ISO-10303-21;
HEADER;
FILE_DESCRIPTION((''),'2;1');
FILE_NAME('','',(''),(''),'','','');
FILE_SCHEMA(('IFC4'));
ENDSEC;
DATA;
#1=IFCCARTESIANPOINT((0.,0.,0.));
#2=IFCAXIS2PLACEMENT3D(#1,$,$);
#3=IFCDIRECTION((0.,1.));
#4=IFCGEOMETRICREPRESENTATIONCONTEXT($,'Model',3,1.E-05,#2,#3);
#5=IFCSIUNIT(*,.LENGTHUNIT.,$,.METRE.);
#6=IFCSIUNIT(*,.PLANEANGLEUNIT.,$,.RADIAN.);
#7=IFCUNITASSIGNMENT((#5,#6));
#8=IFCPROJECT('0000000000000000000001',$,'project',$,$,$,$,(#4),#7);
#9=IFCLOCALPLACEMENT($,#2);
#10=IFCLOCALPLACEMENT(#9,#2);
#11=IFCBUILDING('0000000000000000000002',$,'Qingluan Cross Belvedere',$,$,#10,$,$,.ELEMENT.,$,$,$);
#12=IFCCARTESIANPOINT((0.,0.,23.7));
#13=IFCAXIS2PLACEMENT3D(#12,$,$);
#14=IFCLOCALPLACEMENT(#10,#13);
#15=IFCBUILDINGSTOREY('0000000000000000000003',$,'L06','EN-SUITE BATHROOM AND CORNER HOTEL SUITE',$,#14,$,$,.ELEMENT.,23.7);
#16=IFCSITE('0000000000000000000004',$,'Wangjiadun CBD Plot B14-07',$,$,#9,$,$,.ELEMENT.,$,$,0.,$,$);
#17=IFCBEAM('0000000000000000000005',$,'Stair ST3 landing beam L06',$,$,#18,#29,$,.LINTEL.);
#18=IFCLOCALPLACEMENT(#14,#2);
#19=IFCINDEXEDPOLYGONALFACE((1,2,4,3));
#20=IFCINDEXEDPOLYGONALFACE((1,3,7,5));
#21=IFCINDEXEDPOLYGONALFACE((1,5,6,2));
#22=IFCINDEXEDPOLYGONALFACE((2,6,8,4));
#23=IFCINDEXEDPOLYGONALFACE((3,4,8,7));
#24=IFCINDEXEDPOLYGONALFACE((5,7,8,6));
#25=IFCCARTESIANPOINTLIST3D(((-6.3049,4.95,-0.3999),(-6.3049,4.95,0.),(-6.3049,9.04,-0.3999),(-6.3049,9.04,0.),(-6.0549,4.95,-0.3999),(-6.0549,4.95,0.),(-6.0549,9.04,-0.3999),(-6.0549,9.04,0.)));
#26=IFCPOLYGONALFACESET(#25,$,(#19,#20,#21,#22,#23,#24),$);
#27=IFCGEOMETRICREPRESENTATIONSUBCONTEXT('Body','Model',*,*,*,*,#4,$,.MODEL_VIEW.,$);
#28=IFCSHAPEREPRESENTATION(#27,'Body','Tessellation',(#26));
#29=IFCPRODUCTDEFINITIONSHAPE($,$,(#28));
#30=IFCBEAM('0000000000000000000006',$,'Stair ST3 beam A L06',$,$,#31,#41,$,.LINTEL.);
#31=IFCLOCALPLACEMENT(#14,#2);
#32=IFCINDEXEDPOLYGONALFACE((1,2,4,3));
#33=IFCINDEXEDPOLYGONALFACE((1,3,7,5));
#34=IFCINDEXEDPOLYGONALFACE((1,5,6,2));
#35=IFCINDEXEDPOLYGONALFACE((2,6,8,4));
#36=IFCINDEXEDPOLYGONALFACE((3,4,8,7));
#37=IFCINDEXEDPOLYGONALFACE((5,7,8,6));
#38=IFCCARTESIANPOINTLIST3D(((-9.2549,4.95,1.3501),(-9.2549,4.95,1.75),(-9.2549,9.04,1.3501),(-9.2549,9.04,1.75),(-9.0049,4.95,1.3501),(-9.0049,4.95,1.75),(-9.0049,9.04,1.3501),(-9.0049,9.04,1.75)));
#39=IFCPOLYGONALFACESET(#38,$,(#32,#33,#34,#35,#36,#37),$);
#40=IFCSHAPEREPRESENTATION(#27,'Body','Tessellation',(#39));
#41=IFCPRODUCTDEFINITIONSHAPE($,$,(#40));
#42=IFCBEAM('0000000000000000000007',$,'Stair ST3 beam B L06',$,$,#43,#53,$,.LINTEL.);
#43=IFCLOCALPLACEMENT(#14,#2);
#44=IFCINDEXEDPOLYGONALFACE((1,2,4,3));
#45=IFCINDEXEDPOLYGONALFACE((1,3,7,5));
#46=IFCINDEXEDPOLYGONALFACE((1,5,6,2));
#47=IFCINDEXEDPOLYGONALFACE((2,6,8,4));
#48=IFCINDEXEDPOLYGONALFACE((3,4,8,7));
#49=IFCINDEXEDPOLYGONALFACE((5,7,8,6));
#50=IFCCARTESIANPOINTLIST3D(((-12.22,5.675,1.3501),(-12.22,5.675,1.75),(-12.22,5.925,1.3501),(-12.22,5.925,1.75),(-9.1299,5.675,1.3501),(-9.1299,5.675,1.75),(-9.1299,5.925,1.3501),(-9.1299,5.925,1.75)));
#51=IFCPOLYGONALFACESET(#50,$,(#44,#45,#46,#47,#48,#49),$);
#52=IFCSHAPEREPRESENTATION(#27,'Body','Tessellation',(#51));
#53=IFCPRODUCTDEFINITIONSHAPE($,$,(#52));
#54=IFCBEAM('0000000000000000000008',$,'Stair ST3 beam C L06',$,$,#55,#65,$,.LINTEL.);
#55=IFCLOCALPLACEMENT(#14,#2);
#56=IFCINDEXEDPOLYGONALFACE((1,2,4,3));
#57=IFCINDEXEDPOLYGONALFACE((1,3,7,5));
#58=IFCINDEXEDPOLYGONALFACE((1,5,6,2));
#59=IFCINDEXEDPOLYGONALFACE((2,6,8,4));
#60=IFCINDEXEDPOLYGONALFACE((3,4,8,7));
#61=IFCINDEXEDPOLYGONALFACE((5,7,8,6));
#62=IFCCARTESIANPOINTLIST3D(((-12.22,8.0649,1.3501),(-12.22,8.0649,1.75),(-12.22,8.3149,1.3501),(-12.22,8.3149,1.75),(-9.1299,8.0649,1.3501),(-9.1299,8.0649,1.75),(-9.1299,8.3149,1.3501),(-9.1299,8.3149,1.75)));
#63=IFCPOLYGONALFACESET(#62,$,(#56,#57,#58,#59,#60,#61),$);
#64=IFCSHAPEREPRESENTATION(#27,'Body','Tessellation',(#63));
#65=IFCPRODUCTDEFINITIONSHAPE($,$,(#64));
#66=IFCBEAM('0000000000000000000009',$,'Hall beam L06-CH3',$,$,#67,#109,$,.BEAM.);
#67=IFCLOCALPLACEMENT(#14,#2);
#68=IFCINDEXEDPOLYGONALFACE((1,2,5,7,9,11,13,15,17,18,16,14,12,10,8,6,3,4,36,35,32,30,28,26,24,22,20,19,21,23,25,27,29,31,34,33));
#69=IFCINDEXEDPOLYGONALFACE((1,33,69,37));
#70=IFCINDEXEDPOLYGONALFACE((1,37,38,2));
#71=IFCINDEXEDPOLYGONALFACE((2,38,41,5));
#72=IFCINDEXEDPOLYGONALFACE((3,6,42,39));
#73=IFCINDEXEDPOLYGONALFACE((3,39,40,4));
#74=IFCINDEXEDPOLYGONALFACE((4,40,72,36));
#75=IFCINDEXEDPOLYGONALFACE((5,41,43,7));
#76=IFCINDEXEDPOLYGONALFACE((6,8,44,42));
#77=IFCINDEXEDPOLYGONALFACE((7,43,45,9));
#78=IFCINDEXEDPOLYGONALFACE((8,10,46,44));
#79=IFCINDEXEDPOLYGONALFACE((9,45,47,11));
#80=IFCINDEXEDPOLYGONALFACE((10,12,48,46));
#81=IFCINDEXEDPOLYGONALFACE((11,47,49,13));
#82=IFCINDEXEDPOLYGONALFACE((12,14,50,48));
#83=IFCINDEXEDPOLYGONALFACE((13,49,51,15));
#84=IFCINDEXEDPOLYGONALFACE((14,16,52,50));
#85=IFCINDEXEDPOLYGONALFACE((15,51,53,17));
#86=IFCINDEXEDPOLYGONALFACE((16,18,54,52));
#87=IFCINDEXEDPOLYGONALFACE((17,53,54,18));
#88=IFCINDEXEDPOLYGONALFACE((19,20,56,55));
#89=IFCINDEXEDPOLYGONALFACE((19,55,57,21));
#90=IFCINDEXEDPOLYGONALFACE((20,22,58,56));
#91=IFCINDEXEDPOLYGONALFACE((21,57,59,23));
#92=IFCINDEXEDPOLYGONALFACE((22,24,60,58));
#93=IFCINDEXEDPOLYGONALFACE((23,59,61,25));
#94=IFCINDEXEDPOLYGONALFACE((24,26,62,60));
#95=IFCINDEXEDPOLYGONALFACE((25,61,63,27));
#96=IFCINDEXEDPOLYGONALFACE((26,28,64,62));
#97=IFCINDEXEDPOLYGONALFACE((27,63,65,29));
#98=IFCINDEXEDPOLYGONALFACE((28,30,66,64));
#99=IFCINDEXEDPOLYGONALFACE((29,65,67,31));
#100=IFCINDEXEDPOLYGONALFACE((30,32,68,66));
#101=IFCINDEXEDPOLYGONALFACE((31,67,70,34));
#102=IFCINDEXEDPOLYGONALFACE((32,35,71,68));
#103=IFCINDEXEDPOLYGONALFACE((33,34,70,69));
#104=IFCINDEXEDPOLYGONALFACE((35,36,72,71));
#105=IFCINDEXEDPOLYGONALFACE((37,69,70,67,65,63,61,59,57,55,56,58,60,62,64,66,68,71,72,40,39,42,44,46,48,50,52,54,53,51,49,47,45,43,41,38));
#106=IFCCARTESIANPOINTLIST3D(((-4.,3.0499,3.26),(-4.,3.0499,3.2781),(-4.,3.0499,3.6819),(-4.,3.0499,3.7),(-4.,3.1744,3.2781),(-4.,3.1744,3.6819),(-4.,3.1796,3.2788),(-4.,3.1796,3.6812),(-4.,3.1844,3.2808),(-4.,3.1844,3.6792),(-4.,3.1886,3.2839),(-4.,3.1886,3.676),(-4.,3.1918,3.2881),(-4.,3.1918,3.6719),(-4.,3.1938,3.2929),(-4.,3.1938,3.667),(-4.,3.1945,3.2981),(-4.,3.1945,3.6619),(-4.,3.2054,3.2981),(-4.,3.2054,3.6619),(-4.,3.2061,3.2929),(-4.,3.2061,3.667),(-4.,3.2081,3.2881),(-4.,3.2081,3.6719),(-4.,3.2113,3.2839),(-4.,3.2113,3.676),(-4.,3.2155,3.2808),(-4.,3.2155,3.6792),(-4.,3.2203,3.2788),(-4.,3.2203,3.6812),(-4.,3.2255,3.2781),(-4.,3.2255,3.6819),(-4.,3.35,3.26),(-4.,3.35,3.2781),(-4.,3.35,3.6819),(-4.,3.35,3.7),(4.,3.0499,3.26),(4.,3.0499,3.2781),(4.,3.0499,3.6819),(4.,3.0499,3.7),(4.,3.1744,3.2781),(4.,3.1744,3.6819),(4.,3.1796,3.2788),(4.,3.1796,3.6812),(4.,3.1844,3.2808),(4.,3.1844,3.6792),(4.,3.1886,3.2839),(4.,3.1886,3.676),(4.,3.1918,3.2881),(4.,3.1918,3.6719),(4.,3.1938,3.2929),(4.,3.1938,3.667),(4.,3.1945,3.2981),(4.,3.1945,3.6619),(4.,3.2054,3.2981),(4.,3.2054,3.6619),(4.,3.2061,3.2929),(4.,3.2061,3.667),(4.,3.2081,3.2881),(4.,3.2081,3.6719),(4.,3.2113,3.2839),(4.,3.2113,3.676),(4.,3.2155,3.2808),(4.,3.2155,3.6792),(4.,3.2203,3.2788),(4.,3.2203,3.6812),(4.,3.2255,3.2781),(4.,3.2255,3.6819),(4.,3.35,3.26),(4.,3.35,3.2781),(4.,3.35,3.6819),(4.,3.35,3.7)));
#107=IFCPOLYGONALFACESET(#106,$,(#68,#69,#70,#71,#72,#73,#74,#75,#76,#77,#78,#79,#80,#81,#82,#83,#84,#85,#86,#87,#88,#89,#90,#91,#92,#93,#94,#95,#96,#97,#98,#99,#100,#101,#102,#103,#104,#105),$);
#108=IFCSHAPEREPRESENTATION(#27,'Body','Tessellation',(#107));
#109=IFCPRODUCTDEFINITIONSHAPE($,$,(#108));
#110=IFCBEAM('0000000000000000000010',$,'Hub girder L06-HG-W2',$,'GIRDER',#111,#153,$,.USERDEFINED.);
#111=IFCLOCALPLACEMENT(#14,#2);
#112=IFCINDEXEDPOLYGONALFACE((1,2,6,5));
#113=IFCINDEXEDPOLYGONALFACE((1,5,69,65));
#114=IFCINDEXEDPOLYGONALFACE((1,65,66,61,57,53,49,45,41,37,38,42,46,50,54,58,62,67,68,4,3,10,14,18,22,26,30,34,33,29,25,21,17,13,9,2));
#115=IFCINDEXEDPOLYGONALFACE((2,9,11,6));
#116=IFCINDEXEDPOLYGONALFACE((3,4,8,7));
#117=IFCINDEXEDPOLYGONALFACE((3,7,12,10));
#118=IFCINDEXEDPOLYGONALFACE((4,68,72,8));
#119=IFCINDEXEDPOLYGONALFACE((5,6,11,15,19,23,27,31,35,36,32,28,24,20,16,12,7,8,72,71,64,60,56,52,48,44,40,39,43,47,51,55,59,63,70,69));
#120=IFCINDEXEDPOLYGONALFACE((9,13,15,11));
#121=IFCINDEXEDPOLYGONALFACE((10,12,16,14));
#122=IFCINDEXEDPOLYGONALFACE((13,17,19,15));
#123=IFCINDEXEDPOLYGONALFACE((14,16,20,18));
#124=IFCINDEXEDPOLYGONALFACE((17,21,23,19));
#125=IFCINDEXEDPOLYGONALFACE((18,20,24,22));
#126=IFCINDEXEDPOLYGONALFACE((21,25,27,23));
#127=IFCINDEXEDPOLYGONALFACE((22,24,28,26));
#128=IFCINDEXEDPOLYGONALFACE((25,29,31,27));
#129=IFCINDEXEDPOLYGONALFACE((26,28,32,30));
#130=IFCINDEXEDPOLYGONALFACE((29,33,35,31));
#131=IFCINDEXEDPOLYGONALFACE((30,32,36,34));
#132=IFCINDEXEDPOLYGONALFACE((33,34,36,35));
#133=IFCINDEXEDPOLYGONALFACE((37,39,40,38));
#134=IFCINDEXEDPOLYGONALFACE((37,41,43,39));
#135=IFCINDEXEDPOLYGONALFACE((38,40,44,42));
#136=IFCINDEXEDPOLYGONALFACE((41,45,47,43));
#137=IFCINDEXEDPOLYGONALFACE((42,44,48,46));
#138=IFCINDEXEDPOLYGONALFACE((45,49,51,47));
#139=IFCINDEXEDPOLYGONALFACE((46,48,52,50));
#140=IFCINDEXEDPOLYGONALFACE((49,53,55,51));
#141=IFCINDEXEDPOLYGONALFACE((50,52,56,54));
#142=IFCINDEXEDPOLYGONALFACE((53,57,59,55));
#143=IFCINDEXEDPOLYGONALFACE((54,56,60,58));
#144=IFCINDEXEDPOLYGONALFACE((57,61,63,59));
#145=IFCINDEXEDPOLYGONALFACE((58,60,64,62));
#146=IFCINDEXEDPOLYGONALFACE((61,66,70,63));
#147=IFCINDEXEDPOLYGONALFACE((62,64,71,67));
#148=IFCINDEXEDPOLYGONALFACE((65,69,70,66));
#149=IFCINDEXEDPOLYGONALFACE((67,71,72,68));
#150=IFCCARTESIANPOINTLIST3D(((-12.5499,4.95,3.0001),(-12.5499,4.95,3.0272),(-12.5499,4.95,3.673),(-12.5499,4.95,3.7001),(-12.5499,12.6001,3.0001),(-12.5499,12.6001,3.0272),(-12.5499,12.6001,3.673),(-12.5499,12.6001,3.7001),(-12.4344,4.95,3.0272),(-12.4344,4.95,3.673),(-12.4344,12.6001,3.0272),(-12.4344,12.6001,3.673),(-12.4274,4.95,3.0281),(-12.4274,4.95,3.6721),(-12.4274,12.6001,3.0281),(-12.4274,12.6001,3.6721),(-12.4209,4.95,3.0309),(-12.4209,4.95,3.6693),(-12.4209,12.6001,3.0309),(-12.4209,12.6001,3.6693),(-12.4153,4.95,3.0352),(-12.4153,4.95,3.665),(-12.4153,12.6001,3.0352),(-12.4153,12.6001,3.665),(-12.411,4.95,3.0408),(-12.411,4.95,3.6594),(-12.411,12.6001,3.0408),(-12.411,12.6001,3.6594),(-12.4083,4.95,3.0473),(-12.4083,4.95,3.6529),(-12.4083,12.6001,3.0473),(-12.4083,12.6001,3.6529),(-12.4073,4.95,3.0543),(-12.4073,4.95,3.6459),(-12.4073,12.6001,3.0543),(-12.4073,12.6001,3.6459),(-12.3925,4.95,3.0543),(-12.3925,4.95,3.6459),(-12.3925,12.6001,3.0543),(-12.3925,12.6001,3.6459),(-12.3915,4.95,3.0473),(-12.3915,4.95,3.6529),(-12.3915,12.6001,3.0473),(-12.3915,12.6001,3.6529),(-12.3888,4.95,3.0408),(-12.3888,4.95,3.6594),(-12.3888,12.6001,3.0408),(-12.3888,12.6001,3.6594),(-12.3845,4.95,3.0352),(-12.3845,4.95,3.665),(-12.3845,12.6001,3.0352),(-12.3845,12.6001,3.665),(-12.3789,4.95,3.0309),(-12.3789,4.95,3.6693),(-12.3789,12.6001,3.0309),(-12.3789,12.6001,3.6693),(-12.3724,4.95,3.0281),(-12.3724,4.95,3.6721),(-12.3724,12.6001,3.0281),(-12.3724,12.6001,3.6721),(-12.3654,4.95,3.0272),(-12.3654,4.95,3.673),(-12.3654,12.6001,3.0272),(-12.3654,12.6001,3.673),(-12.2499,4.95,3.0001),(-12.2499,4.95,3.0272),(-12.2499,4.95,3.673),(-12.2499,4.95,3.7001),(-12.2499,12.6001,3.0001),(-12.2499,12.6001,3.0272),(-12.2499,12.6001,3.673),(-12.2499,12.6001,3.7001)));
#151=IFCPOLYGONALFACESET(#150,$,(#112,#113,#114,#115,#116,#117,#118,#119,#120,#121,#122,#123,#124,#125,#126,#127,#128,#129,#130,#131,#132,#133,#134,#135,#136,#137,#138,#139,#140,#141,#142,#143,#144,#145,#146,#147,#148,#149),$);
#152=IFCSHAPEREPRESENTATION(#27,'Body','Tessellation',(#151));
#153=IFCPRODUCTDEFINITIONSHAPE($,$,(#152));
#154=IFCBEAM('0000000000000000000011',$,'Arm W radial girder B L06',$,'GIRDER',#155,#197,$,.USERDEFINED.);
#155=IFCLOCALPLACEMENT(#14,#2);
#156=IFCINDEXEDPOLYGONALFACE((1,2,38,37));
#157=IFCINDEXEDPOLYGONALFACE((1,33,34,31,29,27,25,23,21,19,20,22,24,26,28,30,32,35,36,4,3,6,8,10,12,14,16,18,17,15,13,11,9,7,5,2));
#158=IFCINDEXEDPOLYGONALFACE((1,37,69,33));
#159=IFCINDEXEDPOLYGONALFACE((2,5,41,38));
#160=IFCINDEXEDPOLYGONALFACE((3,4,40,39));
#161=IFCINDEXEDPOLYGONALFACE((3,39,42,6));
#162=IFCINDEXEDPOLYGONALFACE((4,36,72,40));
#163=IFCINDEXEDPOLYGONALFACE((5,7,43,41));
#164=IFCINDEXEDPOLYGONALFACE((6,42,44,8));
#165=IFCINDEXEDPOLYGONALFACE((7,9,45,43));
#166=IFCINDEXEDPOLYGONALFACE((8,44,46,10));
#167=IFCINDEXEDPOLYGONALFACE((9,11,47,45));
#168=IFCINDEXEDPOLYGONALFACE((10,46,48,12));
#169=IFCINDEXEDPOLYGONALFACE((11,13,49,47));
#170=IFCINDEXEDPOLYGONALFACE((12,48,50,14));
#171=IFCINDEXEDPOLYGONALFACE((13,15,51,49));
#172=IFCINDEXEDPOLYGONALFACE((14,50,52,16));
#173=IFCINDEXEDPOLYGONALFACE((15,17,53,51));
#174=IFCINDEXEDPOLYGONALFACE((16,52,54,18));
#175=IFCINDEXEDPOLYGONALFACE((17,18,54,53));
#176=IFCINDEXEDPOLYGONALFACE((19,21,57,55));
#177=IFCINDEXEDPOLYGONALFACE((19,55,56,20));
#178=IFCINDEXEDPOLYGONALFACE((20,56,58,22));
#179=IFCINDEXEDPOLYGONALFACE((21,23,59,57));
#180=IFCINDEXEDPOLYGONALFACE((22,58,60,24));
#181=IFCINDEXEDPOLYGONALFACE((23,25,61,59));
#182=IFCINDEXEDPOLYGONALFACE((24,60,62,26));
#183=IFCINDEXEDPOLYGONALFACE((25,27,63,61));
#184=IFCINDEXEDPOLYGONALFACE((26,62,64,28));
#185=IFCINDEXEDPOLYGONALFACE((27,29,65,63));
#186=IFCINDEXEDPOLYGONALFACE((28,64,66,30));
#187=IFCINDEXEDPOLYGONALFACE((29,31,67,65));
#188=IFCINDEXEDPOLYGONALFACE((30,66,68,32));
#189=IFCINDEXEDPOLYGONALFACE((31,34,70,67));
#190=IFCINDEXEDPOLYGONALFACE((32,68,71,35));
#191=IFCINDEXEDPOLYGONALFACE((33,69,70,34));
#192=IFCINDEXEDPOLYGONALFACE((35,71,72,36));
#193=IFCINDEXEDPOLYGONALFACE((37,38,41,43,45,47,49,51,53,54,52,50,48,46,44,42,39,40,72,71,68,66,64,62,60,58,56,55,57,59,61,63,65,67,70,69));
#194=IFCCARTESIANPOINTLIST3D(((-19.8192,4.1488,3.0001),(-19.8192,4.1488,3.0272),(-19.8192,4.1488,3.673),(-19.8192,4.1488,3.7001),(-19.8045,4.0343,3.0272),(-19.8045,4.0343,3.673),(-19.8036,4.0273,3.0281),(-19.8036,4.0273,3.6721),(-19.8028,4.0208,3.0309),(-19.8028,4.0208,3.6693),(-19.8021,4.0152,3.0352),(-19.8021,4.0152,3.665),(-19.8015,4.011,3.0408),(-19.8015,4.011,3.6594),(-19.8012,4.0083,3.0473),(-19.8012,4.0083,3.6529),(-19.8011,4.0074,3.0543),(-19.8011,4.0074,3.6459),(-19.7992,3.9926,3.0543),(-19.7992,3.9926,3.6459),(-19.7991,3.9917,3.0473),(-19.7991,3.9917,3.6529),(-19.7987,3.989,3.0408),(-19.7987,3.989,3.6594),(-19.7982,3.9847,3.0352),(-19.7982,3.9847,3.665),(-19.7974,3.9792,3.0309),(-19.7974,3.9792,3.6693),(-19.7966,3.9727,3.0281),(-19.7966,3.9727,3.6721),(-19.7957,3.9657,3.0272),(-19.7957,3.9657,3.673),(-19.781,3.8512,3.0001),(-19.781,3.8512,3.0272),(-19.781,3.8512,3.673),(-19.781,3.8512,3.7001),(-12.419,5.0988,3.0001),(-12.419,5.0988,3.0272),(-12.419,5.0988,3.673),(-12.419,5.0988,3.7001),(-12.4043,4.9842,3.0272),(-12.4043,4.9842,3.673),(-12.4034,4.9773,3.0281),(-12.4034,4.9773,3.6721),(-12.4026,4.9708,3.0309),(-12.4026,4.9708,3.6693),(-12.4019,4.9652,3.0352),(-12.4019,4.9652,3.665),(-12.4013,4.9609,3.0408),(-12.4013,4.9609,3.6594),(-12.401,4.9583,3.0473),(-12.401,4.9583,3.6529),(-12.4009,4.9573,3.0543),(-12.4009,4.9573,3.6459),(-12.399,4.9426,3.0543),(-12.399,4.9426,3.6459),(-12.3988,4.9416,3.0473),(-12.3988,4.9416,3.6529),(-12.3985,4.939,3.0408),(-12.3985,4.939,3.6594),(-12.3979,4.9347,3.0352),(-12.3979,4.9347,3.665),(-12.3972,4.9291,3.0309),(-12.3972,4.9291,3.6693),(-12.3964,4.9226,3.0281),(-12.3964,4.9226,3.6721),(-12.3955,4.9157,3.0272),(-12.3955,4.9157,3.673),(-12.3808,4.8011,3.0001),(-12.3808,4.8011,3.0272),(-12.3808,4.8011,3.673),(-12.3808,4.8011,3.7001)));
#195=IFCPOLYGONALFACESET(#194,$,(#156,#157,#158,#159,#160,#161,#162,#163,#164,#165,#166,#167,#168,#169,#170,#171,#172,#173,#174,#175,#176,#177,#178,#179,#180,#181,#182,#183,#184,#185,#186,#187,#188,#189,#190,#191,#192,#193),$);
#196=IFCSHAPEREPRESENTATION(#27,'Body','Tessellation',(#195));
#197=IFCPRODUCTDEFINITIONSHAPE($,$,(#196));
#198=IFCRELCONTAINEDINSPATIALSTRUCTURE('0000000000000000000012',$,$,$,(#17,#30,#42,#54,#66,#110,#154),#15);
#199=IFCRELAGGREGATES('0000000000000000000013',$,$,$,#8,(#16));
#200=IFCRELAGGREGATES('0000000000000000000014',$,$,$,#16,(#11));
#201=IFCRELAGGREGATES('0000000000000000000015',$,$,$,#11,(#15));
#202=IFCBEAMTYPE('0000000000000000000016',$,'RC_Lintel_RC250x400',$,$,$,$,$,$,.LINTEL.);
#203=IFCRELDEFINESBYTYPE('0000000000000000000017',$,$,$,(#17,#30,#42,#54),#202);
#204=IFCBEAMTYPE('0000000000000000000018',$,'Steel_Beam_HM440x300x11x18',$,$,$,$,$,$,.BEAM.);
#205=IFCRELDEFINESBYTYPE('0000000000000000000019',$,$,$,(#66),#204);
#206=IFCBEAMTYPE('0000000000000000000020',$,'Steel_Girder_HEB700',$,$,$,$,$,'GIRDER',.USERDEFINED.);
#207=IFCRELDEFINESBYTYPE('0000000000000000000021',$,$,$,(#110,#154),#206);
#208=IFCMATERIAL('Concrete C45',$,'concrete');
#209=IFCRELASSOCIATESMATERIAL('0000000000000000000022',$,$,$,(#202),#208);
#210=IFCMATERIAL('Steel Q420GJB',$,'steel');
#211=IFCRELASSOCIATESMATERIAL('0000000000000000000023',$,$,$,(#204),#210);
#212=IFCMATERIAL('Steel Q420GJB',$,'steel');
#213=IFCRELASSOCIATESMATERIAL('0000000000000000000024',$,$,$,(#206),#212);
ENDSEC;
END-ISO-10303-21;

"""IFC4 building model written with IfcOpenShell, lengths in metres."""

from ifc_helpers import new_model, si_unit, direction, frame, origin, origin_2d, place, context, subcontext, project, spatial, rectangle, i_section, extrude, material, material_profile, profile_set, type_object, element, save


model = new_model("IFC4")

# Units and contexts
model_context = context("Model", 3, precision=1e-05, world=origin(), true_north=direction((0.0, 1.0)))
body_context = subcontext(model_context, "Body", "Model", "MODEL_VIEW")
ifc_project = project(units=[si_unit("LENGTHUNIT", "METRE"), si_unit("PLANEANGLEUNIT", "RADIAN")], contexts=[model_context])

# Site, building, storey
site_placement = place(None, origin())
site = spatial("IfcSite", under=ifc_project, at=site_placement, Name="Wangjiadun CBD Plot B14-07", CompositionType="ELEMENT", RefElevation=0.0)
building_placement = place(site_placement, origin())
building = spatial("IfcBuilding", under=site, at=building_placement, Name="Qingluan Cross Belvedere", CompositionType="ELEMENT")
storey_placement = place(building_placement, frame((0.0, 0.0, 23.7)))
storey = spatial("IfcBuildingStorey", under=building, at=storey_placement, Name="L06", Description="EN-SUITE BATHROOM AND CORNER HOTEL SUITE", CompositionType="ELEMENT", Elevation=23.7)

# Beams
ifc_material_1 = material(Name="Concrete C45", Category="concrete")
ifc_material_profile_1 = material_profile(ifc_material_1, rectangle(XDim=0.25, YDim=0.3999, at=origin_2d()), Name="RC250x400")
ifc_profile_set_1 = profile_set([ifc_material_profile_1], Name="Concrete C45")
beam_type_1 = type_object("IfcBeamType", Name="RC_Lintel_RC250x400", PredefinedType="LINTEL", material=ifc_profile_set_1)
for number, where, z_axis, x_axis, name in (
    (1, (-6.1799, 4.95, -0.2), (0.0, 1.0, 0.0), (-1.0, 0.0, 0.0), "Stair ST3 landing beam L06"),
    (2, (-9.1299, 4.95, 1.55), (0.0, 1.0, 0.0), (-1.0, 0.0, 0.0), "Stair ST3 beam A L06"),
):
    element("IfcBeam", number, at=place(storey_placement, frame(where, z_axis=z_axis, x_axis=x_axis)), inside=storey, type_object=beam_type_1, Name=name, PredefinedType="LINTEL", context=body_context, shape_type="SweptSolid", body=[
        extrude(rectangle(XDim=0.25, YDim=0.3999, at=origin_2d()), origin(), (0.0, 0.0, 1.0), 4.0901),
    ])
for number, where, z_axis, x_axis, name in (
    (3, (-12.22, 5.8, 1.55), (1.0, 0.0, 0.0), (0.0, 1.0, 0.0), "Stair ST3 beam B L06"),
    (4, (-12.22, 8.1899, 1.55), (1.0, 0.0, 0.0), (0.0, 1.0, 0.0), "Stair ST3 beam C L06"),
):
    element("IfcBeam", number, at=place(storey_placement, frame(where, z_axis=z_axis, x_axis=x_axis)), inside=storey, type_object=beam_type_1, Name=name, PredefinedType="LINTEL", context=body_context, shape_type="SweptSolid", body=[
        extrude(rectangle(XDim=0.25, YDim=0.3999, at=origin_2d()), origin(), (0.0, 0.0, 1.0), 3.0901),
    ])
ifc_material_2 = material(Name="Steel Q420GJB", Category="steel")
ifc_material_profile_2 = material_profile(ifc_material_2, i_section(OverallWidth=0.3, OverallDepth=0.4399, WebThickness=0.011, FlangeThickness=0.0181, FilletRadius=0.02, at=origin_2d()), Name="HM440x300x11x18")
ifc_profile_set_2 = profile_set([ifc_material_profile_2], Name="Steel Q420GJB")
beam_type_2 = type_object("IfcBeamType", Name="Steel_Beam_HM440x300x11x18", PredefinedType="BEAM", material=ifc_profile_set_2)
beam_1_placement = place(storey_placement, frame((-4.0, 3.2, 3.48), z_axis=(1.0, 0.0, 0.0), x_axis=(0.0, 1.0, 0.0)))
element("IfcBeam", 5, at=beam_1_placement, inside=storey, type_object=beam_type_2, Name="Hall beam L06-CH3", PredefinedType="BEAM", context=body_context, shape_type="SweptSolid", body=[
    extrude(i_section(OverallWidth=0.3, OverallDepth=0.4399, WebThickness=0.011, FlangeThickness=0.0181, FilletRadius=0.02, at=origin_2d()), origin(), (0.0, 0.0, 1.0), 8.0),
])
ifc_material_3 = material(Name="Steel Q420GJB", Category="steel")
ifc_material_profile_3 = material_profile(ifc_material_3, i_section(OverallWidth=0.3, OverallDepth=0.7, WebThickness=0.0149, FlangeThickness=0.0271, FilletRadius=0.0271, at=origin_2d()), Name="HEB700")
ifc_profile_set_3 = profile_set([ifc_material_profile_3], Name="Steel Q420GJB")
beam_type_3 = type_object("IfcBeamType", Name="Steel_Girder_HEB700", ElementType="GIRDER", PredefinedType="USERDEFINED", material=ifc_profile_set_3)
beam_2_placement = place(storey_placement, frame((-12.3999, 4.95, 3.3501), z_axis=(0.0, 1.0, 0.0), x_axis=(-1.0, 0.0, 0.0)))
element("IfcBeam", 6, at=beam_2_placement, inside=storey, type_object=beam_type_3, Name="Hub girder L06-HG-W2", ObjectType="GIRDER", PredefinedType="USERDEFINED", context=body_context, shape_type="SweptSolid", body=[
    extrude(i_section(OverallWidth=0.3, OverallDepth=0.7, WebThickness=0.0149, FlangeThickness=0.0271, FilletRadius=0.0271, at=origin_2d()), origin(), (0.0, 0.0, 1.0), 7.6501),
])
beam_3_placement = place(storey_placement, frame((-12.3999, 4.95, 3.3501), z_axis=(-0.991861, -0.127324, 0.0), x_axis=(0.127324, -0.991861, 0.0)))
element("IfcBeam", 7, at=beam_3_placement, inside=storey, type_object=beam_type_3, Name="Arm W radial girder B L06", ObjectType="GIRDER", PredefinedType="USERDEFINED", context=body_context, shape_type="SweptSolid", body=[
    extrude(i_section(OverallWidth=0.3, OverallDepth=0.7, WebThickness=0.0149, FlangeThickness=0.0271, FilletRadius=0.0271, at=origin_2d()), origin(), (0.0, 0.0, 1.0), 7.4609),
])

save(model, "model.ifc")
